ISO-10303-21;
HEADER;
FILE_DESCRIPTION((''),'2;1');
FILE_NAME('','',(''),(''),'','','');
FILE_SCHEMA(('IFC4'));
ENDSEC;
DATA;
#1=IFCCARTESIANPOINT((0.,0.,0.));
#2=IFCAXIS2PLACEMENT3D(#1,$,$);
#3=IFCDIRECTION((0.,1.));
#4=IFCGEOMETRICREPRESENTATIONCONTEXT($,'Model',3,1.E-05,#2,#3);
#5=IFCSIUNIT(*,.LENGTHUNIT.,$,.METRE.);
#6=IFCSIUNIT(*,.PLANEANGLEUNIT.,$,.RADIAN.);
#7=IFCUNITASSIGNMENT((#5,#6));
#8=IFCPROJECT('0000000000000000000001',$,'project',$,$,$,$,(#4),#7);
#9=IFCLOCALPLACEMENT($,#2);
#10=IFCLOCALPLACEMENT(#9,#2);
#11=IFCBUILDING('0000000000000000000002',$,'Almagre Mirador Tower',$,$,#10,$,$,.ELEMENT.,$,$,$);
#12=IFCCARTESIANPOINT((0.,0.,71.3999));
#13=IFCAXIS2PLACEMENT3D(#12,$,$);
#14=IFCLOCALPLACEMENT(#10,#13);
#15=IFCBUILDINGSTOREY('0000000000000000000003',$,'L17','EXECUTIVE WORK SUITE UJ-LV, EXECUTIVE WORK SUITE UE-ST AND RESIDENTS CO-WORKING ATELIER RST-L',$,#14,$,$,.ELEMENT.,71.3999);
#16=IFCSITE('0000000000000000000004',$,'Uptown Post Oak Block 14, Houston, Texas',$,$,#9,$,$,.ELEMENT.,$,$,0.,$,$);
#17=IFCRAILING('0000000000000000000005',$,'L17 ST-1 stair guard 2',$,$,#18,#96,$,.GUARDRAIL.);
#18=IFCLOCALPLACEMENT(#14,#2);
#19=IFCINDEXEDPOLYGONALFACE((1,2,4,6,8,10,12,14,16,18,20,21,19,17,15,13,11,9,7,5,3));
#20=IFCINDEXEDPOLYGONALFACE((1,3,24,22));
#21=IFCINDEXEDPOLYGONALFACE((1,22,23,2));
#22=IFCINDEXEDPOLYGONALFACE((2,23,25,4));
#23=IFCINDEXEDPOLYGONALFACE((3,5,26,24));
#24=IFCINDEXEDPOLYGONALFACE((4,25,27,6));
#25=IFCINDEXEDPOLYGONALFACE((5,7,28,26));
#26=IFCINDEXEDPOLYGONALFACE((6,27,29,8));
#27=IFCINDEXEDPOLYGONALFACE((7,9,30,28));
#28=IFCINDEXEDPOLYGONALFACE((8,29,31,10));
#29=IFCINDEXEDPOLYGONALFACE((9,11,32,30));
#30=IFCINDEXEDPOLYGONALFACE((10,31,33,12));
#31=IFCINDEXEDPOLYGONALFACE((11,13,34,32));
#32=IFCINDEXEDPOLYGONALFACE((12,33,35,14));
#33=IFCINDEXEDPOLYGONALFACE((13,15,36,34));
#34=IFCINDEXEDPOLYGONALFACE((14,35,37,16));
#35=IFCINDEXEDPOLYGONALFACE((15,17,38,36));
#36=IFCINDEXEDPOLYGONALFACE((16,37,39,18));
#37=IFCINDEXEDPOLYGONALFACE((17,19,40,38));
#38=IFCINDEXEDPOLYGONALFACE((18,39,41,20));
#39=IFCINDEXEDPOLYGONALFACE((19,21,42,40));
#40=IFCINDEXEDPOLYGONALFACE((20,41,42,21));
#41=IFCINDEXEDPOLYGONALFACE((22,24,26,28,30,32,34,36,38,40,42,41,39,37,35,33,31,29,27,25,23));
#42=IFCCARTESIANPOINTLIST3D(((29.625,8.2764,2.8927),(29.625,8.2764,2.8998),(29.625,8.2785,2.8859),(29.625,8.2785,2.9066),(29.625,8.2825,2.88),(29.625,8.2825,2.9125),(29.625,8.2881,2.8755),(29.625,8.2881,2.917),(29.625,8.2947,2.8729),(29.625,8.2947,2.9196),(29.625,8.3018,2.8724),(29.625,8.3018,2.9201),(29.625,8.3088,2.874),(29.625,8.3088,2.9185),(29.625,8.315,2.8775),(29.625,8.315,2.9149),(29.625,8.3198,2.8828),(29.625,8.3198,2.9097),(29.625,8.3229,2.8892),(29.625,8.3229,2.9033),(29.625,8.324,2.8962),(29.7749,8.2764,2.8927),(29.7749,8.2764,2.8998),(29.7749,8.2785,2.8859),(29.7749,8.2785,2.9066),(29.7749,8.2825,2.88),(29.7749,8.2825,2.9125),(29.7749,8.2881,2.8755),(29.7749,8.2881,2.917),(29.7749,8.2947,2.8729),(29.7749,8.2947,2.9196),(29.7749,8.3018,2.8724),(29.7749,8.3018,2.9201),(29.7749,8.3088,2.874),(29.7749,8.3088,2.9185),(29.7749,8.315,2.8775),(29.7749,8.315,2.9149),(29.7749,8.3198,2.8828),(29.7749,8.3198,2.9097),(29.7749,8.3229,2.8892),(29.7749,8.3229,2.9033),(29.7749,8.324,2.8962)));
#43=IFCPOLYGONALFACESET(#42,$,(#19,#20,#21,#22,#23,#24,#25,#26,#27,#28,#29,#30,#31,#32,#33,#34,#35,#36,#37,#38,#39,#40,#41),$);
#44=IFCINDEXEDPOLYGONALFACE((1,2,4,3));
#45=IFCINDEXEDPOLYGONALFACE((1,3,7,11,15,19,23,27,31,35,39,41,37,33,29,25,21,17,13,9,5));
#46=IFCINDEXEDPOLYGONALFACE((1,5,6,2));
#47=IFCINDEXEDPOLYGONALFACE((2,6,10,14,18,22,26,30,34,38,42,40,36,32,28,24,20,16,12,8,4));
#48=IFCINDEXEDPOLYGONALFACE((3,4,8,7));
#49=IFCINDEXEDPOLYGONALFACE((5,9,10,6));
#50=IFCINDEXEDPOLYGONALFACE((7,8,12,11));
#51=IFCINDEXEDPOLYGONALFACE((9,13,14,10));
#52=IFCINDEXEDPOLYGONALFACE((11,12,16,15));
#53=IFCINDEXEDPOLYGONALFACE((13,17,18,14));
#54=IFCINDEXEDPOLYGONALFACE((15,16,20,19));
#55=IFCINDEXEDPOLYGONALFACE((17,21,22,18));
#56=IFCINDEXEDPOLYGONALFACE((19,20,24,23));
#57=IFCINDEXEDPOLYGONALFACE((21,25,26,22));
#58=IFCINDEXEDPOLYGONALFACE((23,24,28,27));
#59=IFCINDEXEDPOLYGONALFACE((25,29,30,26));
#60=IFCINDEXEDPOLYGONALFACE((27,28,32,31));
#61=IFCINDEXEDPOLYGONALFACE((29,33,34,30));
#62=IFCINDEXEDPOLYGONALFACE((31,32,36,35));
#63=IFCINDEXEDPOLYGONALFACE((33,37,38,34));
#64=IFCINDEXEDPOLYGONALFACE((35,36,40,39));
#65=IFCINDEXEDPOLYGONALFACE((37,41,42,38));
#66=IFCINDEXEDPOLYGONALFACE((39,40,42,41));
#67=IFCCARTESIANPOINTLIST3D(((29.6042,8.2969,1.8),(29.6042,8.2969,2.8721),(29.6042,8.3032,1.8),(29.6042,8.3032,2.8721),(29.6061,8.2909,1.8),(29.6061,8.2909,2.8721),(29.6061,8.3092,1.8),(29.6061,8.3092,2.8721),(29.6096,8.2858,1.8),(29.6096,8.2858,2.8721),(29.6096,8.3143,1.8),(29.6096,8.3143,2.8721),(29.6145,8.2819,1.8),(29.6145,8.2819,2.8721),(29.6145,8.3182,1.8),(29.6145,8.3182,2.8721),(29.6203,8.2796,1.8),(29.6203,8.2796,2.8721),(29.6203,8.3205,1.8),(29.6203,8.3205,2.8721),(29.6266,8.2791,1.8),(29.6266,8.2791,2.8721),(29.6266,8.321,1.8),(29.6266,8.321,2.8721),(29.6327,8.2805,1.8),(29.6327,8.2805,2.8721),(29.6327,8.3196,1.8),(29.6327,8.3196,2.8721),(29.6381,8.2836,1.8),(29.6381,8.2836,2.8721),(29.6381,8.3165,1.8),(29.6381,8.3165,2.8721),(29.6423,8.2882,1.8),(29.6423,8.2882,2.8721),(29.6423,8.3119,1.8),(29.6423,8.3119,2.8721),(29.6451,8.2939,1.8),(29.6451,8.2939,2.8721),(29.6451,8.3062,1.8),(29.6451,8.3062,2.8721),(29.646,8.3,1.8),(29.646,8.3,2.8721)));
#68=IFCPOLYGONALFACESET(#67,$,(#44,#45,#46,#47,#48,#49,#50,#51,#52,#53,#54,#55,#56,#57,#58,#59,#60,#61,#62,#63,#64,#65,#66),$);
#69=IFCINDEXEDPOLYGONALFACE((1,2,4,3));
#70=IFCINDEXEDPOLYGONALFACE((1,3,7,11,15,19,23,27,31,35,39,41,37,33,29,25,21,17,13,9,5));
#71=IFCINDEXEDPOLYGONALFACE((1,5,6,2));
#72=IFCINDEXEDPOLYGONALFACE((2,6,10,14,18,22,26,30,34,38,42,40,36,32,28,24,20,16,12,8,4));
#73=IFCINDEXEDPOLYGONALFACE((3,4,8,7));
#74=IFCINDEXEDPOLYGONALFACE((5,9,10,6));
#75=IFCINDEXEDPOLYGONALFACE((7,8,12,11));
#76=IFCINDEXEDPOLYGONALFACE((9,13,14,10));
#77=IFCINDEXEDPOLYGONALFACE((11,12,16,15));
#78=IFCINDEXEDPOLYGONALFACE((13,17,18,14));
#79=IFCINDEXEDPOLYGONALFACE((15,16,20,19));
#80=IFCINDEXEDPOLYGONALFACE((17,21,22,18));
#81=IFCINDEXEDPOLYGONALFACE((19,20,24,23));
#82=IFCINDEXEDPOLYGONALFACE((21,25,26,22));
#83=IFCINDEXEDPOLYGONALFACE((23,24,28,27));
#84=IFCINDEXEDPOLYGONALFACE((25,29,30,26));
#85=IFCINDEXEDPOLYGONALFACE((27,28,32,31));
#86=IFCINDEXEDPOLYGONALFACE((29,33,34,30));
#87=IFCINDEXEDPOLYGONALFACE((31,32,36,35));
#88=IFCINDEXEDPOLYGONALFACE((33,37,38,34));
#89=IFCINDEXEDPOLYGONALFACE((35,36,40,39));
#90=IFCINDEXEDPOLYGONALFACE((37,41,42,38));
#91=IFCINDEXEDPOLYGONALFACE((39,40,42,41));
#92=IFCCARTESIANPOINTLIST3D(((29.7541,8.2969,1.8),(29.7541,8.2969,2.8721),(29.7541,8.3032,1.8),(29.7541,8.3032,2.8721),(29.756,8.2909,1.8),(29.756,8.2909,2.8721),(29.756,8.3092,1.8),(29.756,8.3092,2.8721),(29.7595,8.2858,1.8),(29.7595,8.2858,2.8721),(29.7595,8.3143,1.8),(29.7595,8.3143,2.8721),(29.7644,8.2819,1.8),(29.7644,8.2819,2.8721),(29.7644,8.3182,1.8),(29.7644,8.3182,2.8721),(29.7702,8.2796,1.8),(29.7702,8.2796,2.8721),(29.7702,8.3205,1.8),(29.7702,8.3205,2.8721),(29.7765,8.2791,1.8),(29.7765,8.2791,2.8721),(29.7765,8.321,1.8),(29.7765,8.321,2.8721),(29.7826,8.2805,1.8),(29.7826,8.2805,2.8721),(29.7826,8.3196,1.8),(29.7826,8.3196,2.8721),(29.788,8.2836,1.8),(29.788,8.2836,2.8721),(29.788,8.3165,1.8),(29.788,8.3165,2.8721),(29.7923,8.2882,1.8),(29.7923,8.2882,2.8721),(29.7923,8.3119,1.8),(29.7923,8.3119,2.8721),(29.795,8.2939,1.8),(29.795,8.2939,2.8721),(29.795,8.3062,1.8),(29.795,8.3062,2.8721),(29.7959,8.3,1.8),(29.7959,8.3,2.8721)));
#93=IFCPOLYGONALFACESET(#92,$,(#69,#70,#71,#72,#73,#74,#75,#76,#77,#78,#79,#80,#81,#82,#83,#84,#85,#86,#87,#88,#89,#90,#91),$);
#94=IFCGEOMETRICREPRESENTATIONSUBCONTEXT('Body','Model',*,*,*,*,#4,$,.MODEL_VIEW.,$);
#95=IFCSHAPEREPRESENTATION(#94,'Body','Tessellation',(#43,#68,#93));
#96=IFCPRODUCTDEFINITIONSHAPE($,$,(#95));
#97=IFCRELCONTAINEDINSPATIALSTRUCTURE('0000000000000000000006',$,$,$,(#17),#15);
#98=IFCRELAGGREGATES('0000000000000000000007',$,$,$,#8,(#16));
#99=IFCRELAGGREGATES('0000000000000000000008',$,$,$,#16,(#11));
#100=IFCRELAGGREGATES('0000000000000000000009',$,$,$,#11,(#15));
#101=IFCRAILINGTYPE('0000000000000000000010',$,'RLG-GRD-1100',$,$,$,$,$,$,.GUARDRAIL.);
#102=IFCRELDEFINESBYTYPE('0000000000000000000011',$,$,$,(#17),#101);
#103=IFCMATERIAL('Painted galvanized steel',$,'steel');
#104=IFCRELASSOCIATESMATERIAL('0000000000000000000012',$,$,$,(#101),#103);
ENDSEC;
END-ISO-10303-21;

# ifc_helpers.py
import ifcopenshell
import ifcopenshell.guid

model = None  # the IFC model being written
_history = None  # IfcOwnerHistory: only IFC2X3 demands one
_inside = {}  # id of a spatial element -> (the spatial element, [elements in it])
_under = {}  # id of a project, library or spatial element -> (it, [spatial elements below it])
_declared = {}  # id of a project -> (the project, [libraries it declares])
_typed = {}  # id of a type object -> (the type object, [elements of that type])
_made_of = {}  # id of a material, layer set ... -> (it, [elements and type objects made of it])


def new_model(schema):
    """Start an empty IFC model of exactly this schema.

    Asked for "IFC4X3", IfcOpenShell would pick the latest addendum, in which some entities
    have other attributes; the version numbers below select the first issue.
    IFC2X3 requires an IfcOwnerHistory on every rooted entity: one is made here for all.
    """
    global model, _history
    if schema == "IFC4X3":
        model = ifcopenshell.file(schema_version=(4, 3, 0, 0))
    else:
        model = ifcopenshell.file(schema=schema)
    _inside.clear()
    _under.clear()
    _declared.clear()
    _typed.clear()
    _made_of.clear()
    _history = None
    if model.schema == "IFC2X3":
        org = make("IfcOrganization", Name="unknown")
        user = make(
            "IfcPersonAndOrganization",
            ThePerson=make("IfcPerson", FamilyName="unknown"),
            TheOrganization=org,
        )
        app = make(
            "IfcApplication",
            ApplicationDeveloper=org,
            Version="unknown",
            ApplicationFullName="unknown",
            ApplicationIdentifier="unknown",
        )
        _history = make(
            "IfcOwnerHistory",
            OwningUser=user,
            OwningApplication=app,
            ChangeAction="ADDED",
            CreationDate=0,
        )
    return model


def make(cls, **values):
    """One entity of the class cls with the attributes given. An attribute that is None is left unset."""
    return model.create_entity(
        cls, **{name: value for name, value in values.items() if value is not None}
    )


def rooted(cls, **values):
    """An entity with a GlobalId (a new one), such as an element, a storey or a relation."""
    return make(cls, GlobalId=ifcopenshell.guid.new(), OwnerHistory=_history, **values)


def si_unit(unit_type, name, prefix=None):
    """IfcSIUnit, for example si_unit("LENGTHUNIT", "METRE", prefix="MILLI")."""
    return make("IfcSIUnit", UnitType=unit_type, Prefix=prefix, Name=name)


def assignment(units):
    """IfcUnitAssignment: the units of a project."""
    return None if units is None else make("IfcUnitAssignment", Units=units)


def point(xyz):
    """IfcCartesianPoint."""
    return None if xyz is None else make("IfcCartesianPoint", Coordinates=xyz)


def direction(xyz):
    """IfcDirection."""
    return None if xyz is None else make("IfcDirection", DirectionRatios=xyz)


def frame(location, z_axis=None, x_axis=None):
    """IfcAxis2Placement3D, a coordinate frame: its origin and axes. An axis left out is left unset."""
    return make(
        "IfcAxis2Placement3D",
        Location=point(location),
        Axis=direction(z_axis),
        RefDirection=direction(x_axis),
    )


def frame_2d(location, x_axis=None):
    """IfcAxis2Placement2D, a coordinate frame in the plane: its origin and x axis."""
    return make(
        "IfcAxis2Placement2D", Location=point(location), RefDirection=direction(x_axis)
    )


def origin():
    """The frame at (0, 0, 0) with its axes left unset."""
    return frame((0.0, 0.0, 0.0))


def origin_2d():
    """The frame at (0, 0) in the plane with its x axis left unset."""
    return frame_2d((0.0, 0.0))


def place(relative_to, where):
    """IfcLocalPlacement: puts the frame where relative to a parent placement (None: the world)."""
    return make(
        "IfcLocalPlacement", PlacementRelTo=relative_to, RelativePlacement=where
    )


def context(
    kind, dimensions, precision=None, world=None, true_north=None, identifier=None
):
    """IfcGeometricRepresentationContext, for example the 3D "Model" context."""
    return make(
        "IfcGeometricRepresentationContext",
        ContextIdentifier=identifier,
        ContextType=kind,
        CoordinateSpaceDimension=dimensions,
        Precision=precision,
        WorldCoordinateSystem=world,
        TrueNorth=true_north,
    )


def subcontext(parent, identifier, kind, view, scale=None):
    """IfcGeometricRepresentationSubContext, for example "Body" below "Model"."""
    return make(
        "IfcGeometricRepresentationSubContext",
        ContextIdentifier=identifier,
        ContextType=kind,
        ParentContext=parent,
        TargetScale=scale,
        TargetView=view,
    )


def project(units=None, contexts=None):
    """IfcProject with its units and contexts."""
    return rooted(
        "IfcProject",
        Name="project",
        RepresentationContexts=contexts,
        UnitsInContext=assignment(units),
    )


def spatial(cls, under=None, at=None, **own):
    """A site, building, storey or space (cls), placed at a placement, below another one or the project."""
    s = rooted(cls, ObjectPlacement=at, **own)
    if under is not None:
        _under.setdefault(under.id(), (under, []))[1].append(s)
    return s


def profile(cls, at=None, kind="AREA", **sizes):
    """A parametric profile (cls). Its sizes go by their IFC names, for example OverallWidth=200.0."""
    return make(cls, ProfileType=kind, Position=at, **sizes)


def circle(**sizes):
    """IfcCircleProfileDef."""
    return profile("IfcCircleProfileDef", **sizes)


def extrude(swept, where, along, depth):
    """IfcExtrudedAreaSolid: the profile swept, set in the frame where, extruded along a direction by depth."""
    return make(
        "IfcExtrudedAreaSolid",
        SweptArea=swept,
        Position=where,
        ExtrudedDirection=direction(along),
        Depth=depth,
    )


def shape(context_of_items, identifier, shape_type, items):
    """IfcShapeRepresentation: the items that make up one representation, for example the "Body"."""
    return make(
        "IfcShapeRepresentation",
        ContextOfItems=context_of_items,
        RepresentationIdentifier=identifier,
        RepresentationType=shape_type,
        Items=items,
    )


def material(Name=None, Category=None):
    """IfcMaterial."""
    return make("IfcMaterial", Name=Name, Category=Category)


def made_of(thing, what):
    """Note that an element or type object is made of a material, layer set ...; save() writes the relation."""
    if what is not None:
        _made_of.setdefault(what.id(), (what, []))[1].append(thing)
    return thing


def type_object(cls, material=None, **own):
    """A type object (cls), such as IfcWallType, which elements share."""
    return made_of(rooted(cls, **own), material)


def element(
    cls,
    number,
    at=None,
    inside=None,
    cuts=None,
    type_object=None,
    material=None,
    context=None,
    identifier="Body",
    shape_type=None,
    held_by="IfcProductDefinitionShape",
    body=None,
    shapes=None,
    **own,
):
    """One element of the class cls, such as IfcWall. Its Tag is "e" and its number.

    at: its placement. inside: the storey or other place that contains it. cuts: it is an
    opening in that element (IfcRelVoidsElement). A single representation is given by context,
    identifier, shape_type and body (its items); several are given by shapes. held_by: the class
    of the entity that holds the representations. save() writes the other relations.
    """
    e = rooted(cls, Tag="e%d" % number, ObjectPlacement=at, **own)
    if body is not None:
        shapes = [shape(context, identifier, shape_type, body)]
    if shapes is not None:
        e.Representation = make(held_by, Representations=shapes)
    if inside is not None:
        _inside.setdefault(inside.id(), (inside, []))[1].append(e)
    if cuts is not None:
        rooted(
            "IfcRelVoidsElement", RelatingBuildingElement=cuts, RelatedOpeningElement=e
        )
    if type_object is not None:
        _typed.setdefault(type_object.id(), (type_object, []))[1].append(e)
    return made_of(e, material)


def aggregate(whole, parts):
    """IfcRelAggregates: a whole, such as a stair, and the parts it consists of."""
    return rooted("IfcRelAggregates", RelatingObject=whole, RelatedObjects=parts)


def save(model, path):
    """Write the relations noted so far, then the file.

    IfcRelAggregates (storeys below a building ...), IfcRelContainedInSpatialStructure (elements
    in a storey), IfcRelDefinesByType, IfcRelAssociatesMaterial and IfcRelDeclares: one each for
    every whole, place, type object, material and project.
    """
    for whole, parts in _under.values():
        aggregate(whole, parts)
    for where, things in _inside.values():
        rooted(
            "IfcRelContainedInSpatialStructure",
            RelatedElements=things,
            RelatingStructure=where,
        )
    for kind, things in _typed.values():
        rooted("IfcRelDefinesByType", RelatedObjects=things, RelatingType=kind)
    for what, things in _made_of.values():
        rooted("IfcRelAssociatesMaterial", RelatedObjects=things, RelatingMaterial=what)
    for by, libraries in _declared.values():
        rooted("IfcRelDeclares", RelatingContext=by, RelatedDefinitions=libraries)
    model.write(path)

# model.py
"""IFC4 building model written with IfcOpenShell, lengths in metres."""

from ifc_helpers import new_model, si_unit, direction, frame, origin, origin_2d, place, context, subcontext, project, spatial, circle, extrude, material, type_object, element, save


model = new_model("IFC4")

# Units and contexts
model_context = context("Model", 3, precision=1e-05, world=origin(), true_north=direction((0.0, 1.0)))
body_context = subcontext(model_context, "Body", "Model", "MODEL_VIEW")
ifc_project = project(units=[si_unit("LENGTHUNIT", "METRE"), si_unit("PLANEANGLEUNIT", "RADIAN")], contexts=[model_context])

# Site, building, storey
site_placement = place(None, origin())
site = spatial("IfcSite", under=ifc_project, at=site_placement, Name="Uptown Post Oak Block 14, Houston, Texas", CompositionType="ELEMENT", RefElevation=0.0)
building_placement = place(site_placement, origin())
building = spatial("IfcBuilding", under=site, at=building_placement, Name="Almagre Mirador Tower", CompositionType="ELEMENT")
storey_placement = place(building_placement, frame((0.0, 0.0, 71.3999)))
storey = spatial("IfcBuildingStorey", under=building, at=storey_placement, Name="L17", Description="EXECUTIVE WORK SUITE UJ-LV, EXECUTIVE WORK SUITE UE-ST AND RESIDENTS CO-WORKING ATELIER RST-L", CompositionType="ELEMENT", Elevation=71.3999)

# Railing
ifc_material_1 = material(Name="Painted galvanized steel", Category="steel")
railing_type_1 = type_object("IfcRailingType", Name="RLG-GRD-1100", PredefinedType="GUARDRAIL", material=ifc_material_1)
railing_1_placement = place(storey_placement, frame((29.625, 8.3, 1.8)))
element("IfcRailing", 1, at=railing_1_placement, inside=storey, type_object=railing_type_1, Name="L17 ST-1 stair guard 2", PredefinedType="GUARDRAIL", context=body_context, shape_type="SweptSolid", body=[
    extrude(circle(Radius=0.0239, at=origin_2d()), frame((0.0, 0.0, 1.0962), z_axis=(1.0, 0.0, 0.0), x_axis=(0.0, 1.0, 0.0)), (0.0, 0.0, 1.0), 0.1499),
    extrude(circle(Radius=0.021, at=origin_2d()), origin(), (0.0, 0.0, 1.0), 1.072),
    extrude(circle(Radius=0.021, at=origin_2d()), frame((0.1499, 0.0, 0.0)), (0.0, 0.0, 1.0), 1.072),
])

save(model, "model.ifc")
